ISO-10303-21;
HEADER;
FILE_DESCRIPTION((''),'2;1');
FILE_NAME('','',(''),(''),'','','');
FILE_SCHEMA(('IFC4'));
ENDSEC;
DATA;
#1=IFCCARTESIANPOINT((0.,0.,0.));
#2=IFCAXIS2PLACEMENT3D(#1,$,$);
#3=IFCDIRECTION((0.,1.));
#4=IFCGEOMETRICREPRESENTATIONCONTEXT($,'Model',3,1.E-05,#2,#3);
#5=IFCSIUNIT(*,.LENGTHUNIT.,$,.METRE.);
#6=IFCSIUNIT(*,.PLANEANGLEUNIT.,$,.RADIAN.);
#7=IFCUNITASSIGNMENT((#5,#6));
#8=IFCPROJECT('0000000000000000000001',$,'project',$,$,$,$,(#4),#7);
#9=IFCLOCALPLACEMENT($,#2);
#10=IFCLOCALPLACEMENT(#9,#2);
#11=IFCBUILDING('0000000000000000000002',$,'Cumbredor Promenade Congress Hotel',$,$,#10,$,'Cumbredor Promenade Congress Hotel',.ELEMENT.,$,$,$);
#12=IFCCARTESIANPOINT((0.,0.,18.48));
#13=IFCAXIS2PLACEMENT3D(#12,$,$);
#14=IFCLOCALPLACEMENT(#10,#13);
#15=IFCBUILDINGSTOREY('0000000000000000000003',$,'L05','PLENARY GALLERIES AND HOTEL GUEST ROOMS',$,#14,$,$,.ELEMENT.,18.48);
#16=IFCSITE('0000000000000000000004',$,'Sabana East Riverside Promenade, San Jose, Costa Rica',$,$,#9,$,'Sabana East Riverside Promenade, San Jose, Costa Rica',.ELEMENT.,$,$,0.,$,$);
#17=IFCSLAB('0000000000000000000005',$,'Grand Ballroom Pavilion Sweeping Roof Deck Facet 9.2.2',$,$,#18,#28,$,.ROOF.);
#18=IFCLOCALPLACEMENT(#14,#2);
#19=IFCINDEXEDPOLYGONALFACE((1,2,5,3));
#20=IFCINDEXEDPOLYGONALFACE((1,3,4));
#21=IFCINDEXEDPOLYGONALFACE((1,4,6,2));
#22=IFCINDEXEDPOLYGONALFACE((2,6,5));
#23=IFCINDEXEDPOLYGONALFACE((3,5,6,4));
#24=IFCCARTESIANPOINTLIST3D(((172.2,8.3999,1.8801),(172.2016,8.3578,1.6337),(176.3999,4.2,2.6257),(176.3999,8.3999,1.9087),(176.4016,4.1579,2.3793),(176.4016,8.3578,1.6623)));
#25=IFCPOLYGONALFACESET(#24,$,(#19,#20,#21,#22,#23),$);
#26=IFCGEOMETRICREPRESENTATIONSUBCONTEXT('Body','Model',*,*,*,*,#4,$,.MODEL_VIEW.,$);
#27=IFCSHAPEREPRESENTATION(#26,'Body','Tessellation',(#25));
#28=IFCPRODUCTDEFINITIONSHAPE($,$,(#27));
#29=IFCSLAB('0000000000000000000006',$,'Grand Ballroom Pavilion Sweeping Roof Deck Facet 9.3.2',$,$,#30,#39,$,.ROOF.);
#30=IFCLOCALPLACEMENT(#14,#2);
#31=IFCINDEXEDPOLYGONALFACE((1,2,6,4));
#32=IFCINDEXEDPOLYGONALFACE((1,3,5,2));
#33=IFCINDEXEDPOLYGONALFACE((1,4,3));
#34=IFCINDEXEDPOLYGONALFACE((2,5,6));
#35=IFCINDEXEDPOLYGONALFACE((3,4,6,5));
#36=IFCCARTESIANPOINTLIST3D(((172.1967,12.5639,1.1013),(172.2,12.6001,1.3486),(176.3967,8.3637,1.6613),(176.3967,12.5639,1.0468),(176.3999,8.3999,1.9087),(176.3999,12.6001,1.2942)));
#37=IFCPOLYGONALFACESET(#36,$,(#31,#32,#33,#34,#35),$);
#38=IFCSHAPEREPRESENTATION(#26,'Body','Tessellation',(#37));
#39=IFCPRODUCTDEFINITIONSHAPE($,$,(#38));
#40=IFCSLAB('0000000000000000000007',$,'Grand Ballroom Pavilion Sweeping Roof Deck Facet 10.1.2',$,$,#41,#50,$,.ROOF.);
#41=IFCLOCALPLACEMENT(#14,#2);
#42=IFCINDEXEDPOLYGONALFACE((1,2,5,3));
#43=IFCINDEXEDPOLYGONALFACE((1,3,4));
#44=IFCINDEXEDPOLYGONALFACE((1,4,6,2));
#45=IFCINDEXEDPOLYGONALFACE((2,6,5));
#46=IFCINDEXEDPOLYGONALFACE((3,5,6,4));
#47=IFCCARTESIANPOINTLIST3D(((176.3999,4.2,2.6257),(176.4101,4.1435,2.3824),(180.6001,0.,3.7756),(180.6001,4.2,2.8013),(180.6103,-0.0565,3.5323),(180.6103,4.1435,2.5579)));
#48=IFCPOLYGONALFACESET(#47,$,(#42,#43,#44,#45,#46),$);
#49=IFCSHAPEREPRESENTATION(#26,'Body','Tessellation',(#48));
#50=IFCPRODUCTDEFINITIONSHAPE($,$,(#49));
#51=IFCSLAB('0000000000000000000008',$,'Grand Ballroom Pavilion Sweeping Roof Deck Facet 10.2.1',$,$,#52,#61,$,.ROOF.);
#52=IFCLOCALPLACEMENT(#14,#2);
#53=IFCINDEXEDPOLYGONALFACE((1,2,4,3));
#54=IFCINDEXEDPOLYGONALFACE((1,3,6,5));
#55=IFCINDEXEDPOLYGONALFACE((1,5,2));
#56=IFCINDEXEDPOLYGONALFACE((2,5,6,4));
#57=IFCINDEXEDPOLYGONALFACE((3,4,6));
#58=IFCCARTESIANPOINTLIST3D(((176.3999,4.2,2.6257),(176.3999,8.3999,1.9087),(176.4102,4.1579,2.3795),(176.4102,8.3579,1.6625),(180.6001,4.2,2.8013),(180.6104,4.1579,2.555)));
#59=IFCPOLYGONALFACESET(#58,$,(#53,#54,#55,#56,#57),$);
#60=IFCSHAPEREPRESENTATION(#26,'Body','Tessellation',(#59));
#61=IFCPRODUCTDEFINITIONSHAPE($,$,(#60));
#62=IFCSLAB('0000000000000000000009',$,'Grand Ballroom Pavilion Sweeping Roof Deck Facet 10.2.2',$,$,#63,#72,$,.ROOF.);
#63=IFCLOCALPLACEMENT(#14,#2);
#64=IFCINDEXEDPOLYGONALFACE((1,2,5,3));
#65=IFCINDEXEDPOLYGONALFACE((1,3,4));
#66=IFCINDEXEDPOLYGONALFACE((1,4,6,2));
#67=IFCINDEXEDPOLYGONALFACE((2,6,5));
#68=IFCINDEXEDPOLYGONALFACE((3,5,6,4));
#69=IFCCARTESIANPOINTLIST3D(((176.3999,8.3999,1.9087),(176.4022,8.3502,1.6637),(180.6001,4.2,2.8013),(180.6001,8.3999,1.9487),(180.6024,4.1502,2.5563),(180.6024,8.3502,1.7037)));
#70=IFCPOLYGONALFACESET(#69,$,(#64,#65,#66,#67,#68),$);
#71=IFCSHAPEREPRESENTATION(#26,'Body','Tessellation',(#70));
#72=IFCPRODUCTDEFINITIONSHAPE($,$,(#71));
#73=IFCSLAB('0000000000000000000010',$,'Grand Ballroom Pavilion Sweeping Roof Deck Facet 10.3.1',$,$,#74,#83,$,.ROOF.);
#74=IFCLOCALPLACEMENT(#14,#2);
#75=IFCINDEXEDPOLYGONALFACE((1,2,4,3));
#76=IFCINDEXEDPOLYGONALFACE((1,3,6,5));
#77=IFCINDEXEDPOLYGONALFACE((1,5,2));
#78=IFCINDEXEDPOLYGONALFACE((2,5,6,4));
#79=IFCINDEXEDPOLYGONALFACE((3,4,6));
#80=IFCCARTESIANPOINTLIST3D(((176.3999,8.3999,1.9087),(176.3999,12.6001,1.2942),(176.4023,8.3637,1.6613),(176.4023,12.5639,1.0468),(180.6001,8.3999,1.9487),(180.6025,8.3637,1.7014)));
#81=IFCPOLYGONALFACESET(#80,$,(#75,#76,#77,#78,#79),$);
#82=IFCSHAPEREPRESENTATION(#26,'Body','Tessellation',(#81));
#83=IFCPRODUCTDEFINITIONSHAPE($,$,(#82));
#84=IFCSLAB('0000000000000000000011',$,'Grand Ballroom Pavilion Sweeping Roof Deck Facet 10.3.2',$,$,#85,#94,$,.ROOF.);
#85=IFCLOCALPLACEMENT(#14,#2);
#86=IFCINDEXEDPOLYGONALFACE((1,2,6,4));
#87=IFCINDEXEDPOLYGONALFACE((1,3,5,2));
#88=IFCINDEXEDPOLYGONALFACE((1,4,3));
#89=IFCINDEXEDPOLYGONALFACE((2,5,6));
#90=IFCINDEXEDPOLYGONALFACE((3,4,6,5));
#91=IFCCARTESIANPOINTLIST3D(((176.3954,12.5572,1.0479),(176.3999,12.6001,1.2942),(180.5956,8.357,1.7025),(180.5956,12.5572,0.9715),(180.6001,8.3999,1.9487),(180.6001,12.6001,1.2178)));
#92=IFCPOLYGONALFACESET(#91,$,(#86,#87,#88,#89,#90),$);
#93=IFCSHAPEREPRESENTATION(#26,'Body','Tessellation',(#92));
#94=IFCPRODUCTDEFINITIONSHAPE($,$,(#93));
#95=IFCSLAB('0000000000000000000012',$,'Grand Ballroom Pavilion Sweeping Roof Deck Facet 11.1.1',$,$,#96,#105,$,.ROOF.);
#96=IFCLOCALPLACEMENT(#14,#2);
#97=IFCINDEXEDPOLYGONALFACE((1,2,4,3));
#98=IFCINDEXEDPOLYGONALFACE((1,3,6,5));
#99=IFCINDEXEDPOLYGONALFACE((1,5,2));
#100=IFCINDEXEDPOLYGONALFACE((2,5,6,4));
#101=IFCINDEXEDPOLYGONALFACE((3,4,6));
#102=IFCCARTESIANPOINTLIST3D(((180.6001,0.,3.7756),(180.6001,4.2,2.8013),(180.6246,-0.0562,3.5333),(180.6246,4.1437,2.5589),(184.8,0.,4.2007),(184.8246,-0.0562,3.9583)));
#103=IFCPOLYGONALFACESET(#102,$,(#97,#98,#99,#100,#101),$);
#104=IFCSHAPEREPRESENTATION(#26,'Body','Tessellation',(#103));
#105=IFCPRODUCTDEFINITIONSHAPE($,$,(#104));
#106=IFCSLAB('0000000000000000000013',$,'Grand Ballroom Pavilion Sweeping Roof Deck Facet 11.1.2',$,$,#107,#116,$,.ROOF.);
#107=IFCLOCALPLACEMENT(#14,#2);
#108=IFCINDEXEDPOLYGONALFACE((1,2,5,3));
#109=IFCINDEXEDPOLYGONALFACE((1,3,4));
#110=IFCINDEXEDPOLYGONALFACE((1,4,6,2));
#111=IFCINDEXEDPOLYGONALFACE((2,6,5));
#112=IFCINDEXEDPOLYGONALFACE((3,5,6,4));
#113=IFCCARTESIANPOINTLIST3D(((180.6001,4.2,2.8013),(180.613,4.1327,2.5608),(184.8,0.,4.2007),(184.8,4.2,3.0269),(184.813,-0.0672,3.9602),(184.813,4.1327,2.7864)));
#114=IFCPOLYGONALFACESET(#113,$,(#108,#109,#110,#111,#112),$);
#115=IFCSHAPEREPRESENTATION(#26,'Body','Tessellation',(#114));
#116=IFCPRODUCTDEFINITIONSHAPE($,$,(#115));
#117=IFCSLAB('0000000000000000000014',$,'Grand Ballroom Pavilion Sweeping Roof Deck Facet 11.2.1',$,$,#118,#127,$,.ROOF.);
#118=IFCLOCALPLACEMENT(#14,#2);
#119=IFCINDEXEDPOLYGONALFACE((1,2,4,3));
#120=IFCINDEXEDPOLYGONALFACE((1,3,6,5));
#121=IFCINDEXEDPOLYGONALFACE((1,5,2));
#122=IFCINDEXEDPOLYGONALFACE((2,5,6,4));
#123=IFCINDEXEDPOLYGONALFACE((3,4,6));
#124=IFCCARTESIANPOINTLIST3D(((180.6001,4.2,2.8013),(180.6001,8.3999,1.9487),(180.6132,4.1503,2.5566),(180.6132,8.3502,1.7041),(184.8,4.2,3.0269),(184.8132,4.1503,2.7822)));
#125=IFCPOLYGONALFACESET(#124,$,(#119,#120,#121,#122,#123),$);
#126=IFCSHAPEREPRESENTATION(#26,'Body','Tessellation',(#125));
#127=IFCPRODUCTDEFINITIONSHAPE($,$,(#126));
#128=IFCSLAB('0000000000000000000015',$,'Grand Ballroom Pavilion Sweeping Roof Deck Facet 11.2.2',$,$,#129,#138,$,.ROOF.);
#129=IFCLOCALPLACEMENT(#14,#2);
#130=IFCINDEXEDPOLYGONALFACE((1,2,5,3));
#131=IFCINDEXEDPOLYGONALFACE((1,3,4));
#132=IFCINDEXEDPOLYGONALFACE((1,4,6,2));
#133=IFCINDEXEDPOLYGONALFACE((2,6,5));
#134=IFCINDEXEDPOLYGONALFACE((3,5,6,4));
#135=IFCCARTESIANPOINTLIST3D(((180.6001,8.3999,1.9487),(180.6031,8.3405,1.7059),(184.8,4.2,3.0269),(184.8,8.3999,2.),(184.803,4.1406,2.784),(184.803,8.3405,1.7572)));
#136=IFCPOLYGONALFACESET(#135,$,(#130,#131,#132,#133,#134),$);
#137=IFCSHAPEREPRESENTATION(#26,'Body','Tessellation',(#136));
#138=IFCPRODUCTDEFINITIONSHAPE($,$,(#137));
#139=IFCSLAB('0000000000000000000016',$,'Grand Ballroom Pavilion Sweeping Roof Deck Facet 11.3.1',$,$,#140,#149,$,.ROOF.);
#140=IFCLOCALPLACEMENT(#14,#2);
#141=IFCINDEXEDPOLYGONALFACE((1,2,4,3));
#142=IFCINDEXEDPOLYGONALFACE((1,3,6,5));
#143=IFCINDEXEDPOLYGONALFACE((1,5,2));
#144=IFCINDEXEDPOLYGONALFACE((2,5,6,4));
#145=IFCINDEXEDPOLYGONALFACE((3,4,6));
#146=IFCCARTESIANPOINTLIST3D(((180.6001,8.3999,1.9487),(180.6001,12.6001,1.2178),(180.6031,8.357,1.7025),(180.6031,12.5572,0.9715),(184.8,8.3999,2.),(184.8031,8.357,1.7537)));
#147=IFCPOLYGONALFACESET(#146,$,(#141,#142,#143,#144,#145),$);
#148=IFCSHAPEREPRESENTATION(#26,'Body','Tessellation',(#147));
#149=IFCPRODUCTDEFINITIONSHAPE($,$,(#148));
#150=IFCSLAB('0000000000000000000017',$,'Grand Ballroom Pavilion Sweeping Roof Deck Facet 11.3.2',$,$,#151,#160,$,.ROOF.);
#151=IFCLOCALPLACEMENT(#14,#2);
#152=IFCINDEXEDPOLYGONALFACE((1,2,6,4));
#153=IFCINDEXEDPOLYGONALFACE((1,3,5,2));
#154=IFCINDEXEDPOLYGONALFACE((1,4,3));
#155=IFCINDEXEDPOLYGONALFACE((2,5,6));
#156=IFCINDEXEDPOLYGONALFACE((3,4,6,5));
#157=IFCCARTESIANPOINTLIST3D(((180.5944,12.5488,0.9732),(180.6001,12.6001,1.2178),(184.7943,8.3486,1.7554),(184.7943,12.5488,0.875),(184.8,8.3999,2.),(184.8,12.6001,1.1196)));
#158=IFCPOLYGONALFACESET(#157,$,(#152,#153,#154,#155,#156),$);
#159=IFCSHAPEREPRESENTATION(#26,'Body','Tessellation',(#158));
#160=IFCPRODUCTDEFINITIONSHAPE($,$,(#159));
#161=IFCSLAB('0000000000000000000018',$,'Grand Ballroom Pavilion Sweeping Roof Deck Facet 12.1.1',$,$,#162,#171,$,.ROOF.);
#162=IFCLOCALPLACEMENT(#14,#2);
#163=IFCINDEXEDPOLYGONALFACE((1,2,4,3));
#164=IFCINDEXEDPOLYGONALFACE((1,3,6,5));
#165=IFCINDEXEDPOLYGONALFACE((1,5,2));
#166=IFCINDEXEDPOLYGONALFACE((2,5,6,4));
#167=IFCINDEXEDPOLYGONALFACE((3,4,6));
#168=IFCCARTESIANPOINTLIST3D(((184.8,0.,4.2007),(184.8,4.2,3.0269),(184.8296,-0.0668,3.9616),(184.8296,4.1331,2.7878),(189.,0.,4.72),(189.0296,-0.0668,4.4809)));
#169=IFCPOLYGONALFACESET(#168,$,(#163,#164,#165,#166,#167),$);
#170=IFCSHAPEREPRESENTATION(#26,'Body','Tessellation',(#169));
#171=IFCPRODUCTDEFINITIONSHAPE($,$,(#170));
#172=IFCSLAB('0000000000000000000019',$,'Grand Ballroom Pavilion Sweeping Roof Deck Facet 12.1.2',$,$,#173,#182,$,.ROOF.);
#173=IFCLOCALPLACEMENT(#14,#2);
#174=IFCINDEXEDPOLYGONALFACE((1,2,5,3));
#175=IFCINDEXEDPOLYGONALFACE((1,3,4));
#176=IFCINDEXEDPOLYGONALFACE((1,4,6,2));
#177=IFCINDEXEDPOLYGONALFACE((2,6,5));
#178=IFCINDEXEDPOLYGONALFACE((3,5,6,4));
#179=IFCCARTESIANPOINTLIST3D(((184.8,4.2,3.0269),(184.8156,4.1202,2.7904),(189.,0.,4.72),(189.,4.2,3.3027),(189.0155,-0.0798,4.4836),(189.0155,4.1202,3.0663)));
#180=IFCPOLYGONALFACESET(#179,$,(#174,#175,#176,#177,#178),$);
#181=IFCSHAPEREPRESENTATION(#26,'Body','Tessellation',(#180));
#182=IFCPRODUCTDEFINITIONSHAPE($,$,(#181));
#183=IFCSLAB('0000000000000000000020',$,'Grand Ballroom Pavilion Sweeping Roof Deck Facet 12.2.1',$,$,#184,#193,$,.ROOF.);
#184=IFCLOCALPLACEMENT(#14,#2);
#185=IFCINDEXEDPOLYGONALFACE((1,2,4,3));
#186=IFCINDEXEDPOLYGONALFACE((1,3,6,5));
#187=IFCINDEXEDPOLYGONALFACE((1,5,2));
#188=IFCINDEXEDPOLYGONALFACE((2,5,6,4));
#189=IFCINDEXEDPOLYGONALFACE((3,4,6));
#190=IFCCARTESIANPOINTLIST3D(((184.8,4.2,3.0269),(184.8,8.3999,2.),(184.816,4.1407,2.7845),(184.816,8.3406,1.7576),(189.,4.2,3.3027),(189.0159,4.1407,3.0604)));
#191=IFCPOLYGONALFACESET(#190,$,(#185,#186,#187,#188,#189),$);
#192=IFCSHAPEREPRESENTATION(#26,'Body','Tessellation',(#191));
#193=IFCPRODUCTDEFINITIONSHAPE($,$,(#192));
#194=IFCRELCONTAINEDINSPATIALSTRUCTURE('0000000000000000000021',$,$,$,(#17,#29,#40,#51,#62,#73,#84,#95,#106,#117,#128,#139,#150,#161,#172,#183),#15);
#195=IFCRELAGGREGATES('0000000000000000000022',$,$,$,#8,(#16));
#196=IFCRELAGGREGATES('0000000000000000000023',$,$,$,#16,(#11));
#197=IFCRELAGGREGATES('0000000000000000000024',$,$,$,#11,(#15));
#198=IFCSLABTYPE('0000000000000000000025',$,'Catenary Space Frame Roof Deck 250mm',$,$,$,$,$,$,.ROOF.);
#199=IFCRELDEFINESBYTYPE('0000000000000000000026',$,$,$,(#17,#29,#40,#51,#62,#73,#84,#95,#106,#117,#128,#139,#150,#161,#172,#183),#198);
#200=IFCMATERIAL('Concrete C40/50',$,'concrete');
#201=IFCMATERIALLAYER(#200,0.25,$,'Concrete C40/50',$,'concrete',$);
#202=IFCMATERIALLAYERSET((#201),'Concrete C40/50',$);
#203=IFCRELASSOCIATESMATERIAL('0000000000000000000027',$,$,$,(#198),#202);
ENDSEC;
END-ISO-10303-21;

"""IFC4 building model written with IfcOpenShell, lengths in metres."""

from ifc_helpers import new_model, si_unit, direction, frame, origin, place, context, subcontext, project, spatial, polyline, outline, extrude, material, layer, layer_set, type_object, element, save


model = new_model("IFC4")

# Units and contexts
model_context = context("Model", 3, precision=1e-05, world=origin(), true_north=direction((0.0, 1.0)))
body_context = subcontext(model_context, "Body", "Model", "MODEL_VIEW")
ifc_project = project(units=[si_unit("LENGTHUNIT", "METRE"), si_unit("PLANEANGLEUNIT", "RADIAN")], contexts=[model_context])

# Site, building, storey
site_placement = place(None, origin())
site = spatial("IfcSite", under=ifc_project, at=site_placement, Name="Sabana East Riverside Promenade, San Jose, Costa Rica", LongName="Sabana East Riverside Promenade, San Jose, Costa Rica", CompositionType="ELEMENT", RefElevation=0.0)
building_placement = place(site_placement, origin())
building = spatial("IfcBuilding", under=site, at=building_placement, Name="Cumbredor Promenade Congress Hotel", LongName="Cumbredor Promenade Congress Hotel", CompositionType="ELEMENT")
storey_placement = place(building_placement, frame((0.0, 0.0, 18.48)))
storey = spatial("IfcBuildingStorey", under=building, at=storey_placement, Name="L05", Description="PLENARY GALLERIES AND HOTEL GUEST ROOMS", CompositionType="ELEMENT", Elevation=18.48)

# Slabs
ifc_material_1 = material(Name="Concrete C40/50", Category="concrete")
ifc_layer_1 = layer(ifc_material_1, 0.25, Name="Concrete C40/50", Category="concrete")
ifc_layer_set_1 = layer_set([ifc_layer_1], Name="Concrete C40/50")
slab_type = type_object("IfcSlabType", Name="Catenary Space Frame Roof Deck 250mm", PredefinedType="ROOF", material=ifc_layer_set_1)
slab_1_placement = place(storey_placement, frame((176.3999, 4.2, 2.6257), z_axis=(-0.006704, 0.168287, 0.985715), x_axis=(0.0, 0.985737, -0.168291)))
element("IfcSlab", 1, at=slab_1_placement, inside=storey, type_object=slab_type, Name="Grand Ballroom Pavilion Sweeping Roof Deck Facet 9.2.2", PredefinedType="ROOF", context=body_context, shape_type="SweptSolid", body=[
    extrude(outline(polyline([(0.0, 0.0), (4.2607, 0.0), (4.2655, 4.2), (0.0, 0.0)])), origin(), (0.0, 0.0, -1.0), 0.25),
])
slab_2_placement = place(storey_placement, frame((176.3999, 8.3999, 1.9087), z_axis=(0.012825, 0.14475, 0.989385), x_axis=(0.0, 0.989466, -0.144762)))
element("IfcSlab", 2, at=slab_2_placement, inside=storey, type_object=slab_type, Name="Grand Ballroom Pavilion Sweeping Roof Deck Facet 9.3.2", PredefinedType="ROOF", context=body_context, shape_type="SweptSolid", body=[
    extrude(outline(polyline([(0.0, 0.0), (4.2449, 0.0), (4.237, 4.2003), (0.0, 0.0)])), origin(), (0.0, 0.0, -1.0), 0.25),
])
slab_3_placement = place(storey_placement, frame((180.6001, 0.0, 3.7756), z_axis=(-0.040678, 0.225805, 0.973323), x_axis=(0.0, 0.974129, -0.225993)))
element("IfcSlab", 3, at=slab_3_placement, inside=storey, type_object=slab_type, Name="Grand Ballroom Pavilion Sweeping Roof Deck Facet 10.1.2", PredefinedType="ROOF", context=body_context, shape_type="SweptSolid", body=[
    extrude(outline(polyline([(0.0, 0.0), (4.3115, 0.0), (4.3512, 4.2037), (0.0, 0.0)])), origin(), (0.0, 0.0, -1.0), 0.25),
])
slab_4_placement = place(storey_placement, frame((176.3999, 4.2, 2.6257), z_axis=(-0.041162, 0.168148, 0.984902), x_axis=(0.999128, 0.0, 0.041756)))
element("IfcSlab", 4, at=slab_4_placement, inside=storey, type_object=slab_type, Name="Grand Ballroom Pavilion Sweeping Roof Deck Facet 10.2.1", PredefinedType="ROOF", context=body_context, shape_type="SweptSolid", body=[
    extrude(outline(polyline([(0.0, 0.0), (4.2039, 0.0), (-0.0299, 4.2606), (0.0, 0.0)])), origin(), (0.0, 0.0, -1.0), 0.25),
])
slab_5_placement = place(storey_placement, frame((180.6001, 4.2, 2.8013), z_axis=(-0.009342, 0.198922, 0.979971), x_axis=(0.0, 0.980014, -0.198931)))
element("IfcSlab", 5, at=slab_5_placement, inside=storey, type_object=slab_type, Name="Grand Ballroom Pavilion Sweeping Roof Deck Facet 10.2.2", PredefinedType="ROOF", context=body_context, shape_type="SweptSolid", body=[
    extrude(outline(polyline([(0.0, 0.0), (4.2856, 0.0), (4.2936, 4.2004), (0.0, 0.0)])), origin(), (0.0, 0.0, -1.0), 0.25),
])
slab_6_placement = place(storey_placement, frame((176.3999, 8.3999, 1.9087), z_axis=(-0.009432, 0.144756, 0.989422), x_axis=(0.999955, 0.0, 0.009532)))
element("IfcSlab", 6, at=slab_6_placement, inside=storey, type_object=slab_type, Name="Grand Ballroom Pavilion Sweeping Roof Deck Facet 10.3.1", PredefinedType="ROOF", context=body_context, shape_type="SweptSolid", body=[
    extrude(outline(polyline([(0.0, 0.0), (4.2004, 0.0), (-0.0059, 4.2449), (0.0, 0.0)])), origin(), (0.0, 0.0, -1.0), 0.25),
])
slab_7_placement = place(storey_placement, frame((180.6001, 8.3999, 1.9487), z_axis=(0.017921, 0.171425, 0.985034), x_axis=(0.0, 0.985192, -0.171452)))
element("IfcSlab", 7, at=slab_7_placement, inside=storey, type_object=slab_type, Name="Grand Ballroom Pavilion Sweeping Roof Deck Facet 10.3.2", PredefinedType="ROOF", context=body_context, shape_type="SweptSolid", body=[
    extrude(outline(polyline([(0.0, 0.0), (4.2633, 0.0), (4.2502, 4.2009), (0.0, 0.0)])), origin(), (0.0, 0.0, -1.0), 0.25),
])
slab_8_placement = place(storey_placement, frame((180.6001, 0.0, 3.7756), z_axis=(-0.098109, 0.224902, 0.969429), x_axis=(0.994918, 0.0, 0.100689)))
element("IfcSlab", 8, at=slab_8_placement, inside=storey, type_object=slab_type, Name="Grand Ballroom Pavilion Sweeping Roof Deck Facet 11.1.1", PredefinedType="ROOF", context=body_context, shape_type="SweptSolid", body=[
    extrude(outline(polyline([(0.0, 0.0), (4.2214, 0.0), (-0.0981, 4.3104), (0.0, 0.0)])), origin(), (0.0, 0.0, -1.0), 0.25),
])
slab_9_placement = place(storey_placement, frame((184.8, 0.0, 4.2007), z_axis=(-0.05166, 0.268812, 0.961806), x_axis=(0.0, 0.963092, -0.269171)))
element("IfcSlab", 9, at=slab_9_placement, inside=storey, type_object=slab_type, Name="Grand Ballroom Pavilion Sweeping Roof Deck Facet 11.1.2", PredefinedType="ROOF", context=body_context, shape_type="SweptSolid", body=[
    extrude(outline(polyline([(0.0, 0.0), (4.3609, 0.0), (4.4216, 4.2056), (0.0, 0.0)])), origin(), (0.0, 0.0, -1.0), 0.25),
])
slab_10_placement = place(storey_placement, frame((180.6001, 4.2, 2.8013), z_axis=(-0.052565, 0.198656, 0.978659), x_axis=(0.998561, 0.0, 0.053634)))
element("IfcSlab", 10, at=slab_10_placement, inside=storey, type_object=slab_type, Name="Grand Ballroom Pavilion Sweeping Roof Deck Facet 11.2.1", PredefinedType="ROOF", context=body_context, shape_type="SweptSolid", body=[
    extrude(outline(polyline([(0.0, 0.0), (4.206, 0.0), (-0.0457, 4.2854), (0.0, 0.0)])), origin(), (0.0, 0.0, -1.0), 0.25),
])
slab_11_placement = place(storey_placement, frame((184.8, 4.2, 3.0269), z_axis=(-0.011857, 0.23748, 0.97132), x_axis=(0.0, 0.971388, -0.237497)))
element("IfcSlab", 11, at=slab_11_placement, inside=storey, type_object=slab_type, Name="Grand Ballroom Pavilion Sweeping Roof Deck Facet 11.2.2", PredefinedType="ROOF", context=body_context, shape_type="SweptSolid", body=[
    extrude(outline(polyline([(0.0, 0.0), (4.3237, 0.0), (4.3358, 4.2002), (0.0, 0.0)])), origin(), (0.0, 0.0, -1.0), 0.25),
])
slab_12_placement = place(storey_placement, frame((180.6001, 8.3999, 1.9487), z_axis=(-0.012026, 0.17144, 0.985121), x_axis=(0.999926, 0.0, 0.012206)))
element("IfcSlab", 12, at=slab_12_placement, inside=storey, type_object=slab_type, Name="Grand Ballroom Pavilion Sweeping Roof Deck Facet 11.3.1", PredefinedType="ROOF", context=body_context, shape_type="SweptSolid", body=[
    extrude(outline(polyline([(0.0, 0.0), (4.2003, 0.0), (-0.0089, 4.2633), (0.0, 0.0)])), origin(), (0.0, 0.0, -1.0), 0.25),
])
slab_13_placement = place(storey_placement, frame((184.8, 8.3999, 2.0), z_axis=(0.022865, 0.205091, 0.978476), x_axis=(0.0, 0.978732, -0.205145)))
element("IfcSlab", 13, at=slab_13_placement, inside=storey, type_object=slab_type, Name="Grand Ballroom Pavilion Sweeping Roof Deck Facet 11.3.2", PredefinedType="ROOF", context=body_context, shape_type="SweptSolid", body=[
    extrude(outline(polyline([(0.0, 0.0), (4.2915, 0.0), (4.2713, 4.201), (0.0, 0.0)])), origin(), (0.0, 0.0, -1.0), 0.25),
])
slab_14_placement = place(storey_placement, frame((184.8, 0.0, 4.2007), z_axis=(-0.118243, 0.267283, 0.956336), x_axis=(0.992443, 0.0, 0.122707)))
element("IfcSlab", 14, at=slab_14_placement, inside=storey, type_object=slab_type, Name="Grand Ballroom Pavilion Sweeping Roof Deck Facet 12.1.1", PredefinedType="ROOF", context=body_context, shape_type="SweptSolid", body=[
    extrude(outline(polyline([(0.0, 0.0), (4.2319, 0.0), (-0.144, 4.3585), (0.0, 0.0)])), origin(), (0.0, 0.0, -1.0), 0.25),
])
slab_15_placement = place(storey_placement, frame((189.0, 0.0, 4.72), z_axis=(-0.062118, 0.319111, 0.945679), x_axis=(0.0, 0.947509, -0.319729)))
element("IfcSlab", 15, at=slab_15_placement, inside=storey, type_object=slab_type, Name="Grand Ballroom Pavilion Sweeping Roof Deck Facet 12.1.2", PredefinedType="ROOF", context=body_context, shape_type="SweptSolid", body=[
    extrude(outline(polyline([(0.0, 0.0), (4.4326, 0.0), (4.5208, 4.2081), (0.0, 0.0)])), origin(), (0.0, 0.0, -1.0), 0.25),
])
slab_16_placement = place(storey_placement, frame((184.8, 4.2, 3.0269), z_axis=(-0.063677, 0.237015, 0.969417), x_axis=(0.99785, 0.0, 0.065545)))
element("IfcSlab", 16, at=slab_16_placement, inside=storey, type_object=slab_type, Name="Grand Ballroom Pavilion Sweeping Roof Deck Facet 12.2.1", PredefinedType="ROOF", context=body_context, shape_type="SweptSolid", body=[
    extrude(outline(polyline([(0.0, 0.0), (4.209, 0.0), (-0.0673, 4.3231), (0.0, 0.0)])), origin(), (0.0, 0.0, -1.0), 0.25),
])

save(model, "model.ifc")
